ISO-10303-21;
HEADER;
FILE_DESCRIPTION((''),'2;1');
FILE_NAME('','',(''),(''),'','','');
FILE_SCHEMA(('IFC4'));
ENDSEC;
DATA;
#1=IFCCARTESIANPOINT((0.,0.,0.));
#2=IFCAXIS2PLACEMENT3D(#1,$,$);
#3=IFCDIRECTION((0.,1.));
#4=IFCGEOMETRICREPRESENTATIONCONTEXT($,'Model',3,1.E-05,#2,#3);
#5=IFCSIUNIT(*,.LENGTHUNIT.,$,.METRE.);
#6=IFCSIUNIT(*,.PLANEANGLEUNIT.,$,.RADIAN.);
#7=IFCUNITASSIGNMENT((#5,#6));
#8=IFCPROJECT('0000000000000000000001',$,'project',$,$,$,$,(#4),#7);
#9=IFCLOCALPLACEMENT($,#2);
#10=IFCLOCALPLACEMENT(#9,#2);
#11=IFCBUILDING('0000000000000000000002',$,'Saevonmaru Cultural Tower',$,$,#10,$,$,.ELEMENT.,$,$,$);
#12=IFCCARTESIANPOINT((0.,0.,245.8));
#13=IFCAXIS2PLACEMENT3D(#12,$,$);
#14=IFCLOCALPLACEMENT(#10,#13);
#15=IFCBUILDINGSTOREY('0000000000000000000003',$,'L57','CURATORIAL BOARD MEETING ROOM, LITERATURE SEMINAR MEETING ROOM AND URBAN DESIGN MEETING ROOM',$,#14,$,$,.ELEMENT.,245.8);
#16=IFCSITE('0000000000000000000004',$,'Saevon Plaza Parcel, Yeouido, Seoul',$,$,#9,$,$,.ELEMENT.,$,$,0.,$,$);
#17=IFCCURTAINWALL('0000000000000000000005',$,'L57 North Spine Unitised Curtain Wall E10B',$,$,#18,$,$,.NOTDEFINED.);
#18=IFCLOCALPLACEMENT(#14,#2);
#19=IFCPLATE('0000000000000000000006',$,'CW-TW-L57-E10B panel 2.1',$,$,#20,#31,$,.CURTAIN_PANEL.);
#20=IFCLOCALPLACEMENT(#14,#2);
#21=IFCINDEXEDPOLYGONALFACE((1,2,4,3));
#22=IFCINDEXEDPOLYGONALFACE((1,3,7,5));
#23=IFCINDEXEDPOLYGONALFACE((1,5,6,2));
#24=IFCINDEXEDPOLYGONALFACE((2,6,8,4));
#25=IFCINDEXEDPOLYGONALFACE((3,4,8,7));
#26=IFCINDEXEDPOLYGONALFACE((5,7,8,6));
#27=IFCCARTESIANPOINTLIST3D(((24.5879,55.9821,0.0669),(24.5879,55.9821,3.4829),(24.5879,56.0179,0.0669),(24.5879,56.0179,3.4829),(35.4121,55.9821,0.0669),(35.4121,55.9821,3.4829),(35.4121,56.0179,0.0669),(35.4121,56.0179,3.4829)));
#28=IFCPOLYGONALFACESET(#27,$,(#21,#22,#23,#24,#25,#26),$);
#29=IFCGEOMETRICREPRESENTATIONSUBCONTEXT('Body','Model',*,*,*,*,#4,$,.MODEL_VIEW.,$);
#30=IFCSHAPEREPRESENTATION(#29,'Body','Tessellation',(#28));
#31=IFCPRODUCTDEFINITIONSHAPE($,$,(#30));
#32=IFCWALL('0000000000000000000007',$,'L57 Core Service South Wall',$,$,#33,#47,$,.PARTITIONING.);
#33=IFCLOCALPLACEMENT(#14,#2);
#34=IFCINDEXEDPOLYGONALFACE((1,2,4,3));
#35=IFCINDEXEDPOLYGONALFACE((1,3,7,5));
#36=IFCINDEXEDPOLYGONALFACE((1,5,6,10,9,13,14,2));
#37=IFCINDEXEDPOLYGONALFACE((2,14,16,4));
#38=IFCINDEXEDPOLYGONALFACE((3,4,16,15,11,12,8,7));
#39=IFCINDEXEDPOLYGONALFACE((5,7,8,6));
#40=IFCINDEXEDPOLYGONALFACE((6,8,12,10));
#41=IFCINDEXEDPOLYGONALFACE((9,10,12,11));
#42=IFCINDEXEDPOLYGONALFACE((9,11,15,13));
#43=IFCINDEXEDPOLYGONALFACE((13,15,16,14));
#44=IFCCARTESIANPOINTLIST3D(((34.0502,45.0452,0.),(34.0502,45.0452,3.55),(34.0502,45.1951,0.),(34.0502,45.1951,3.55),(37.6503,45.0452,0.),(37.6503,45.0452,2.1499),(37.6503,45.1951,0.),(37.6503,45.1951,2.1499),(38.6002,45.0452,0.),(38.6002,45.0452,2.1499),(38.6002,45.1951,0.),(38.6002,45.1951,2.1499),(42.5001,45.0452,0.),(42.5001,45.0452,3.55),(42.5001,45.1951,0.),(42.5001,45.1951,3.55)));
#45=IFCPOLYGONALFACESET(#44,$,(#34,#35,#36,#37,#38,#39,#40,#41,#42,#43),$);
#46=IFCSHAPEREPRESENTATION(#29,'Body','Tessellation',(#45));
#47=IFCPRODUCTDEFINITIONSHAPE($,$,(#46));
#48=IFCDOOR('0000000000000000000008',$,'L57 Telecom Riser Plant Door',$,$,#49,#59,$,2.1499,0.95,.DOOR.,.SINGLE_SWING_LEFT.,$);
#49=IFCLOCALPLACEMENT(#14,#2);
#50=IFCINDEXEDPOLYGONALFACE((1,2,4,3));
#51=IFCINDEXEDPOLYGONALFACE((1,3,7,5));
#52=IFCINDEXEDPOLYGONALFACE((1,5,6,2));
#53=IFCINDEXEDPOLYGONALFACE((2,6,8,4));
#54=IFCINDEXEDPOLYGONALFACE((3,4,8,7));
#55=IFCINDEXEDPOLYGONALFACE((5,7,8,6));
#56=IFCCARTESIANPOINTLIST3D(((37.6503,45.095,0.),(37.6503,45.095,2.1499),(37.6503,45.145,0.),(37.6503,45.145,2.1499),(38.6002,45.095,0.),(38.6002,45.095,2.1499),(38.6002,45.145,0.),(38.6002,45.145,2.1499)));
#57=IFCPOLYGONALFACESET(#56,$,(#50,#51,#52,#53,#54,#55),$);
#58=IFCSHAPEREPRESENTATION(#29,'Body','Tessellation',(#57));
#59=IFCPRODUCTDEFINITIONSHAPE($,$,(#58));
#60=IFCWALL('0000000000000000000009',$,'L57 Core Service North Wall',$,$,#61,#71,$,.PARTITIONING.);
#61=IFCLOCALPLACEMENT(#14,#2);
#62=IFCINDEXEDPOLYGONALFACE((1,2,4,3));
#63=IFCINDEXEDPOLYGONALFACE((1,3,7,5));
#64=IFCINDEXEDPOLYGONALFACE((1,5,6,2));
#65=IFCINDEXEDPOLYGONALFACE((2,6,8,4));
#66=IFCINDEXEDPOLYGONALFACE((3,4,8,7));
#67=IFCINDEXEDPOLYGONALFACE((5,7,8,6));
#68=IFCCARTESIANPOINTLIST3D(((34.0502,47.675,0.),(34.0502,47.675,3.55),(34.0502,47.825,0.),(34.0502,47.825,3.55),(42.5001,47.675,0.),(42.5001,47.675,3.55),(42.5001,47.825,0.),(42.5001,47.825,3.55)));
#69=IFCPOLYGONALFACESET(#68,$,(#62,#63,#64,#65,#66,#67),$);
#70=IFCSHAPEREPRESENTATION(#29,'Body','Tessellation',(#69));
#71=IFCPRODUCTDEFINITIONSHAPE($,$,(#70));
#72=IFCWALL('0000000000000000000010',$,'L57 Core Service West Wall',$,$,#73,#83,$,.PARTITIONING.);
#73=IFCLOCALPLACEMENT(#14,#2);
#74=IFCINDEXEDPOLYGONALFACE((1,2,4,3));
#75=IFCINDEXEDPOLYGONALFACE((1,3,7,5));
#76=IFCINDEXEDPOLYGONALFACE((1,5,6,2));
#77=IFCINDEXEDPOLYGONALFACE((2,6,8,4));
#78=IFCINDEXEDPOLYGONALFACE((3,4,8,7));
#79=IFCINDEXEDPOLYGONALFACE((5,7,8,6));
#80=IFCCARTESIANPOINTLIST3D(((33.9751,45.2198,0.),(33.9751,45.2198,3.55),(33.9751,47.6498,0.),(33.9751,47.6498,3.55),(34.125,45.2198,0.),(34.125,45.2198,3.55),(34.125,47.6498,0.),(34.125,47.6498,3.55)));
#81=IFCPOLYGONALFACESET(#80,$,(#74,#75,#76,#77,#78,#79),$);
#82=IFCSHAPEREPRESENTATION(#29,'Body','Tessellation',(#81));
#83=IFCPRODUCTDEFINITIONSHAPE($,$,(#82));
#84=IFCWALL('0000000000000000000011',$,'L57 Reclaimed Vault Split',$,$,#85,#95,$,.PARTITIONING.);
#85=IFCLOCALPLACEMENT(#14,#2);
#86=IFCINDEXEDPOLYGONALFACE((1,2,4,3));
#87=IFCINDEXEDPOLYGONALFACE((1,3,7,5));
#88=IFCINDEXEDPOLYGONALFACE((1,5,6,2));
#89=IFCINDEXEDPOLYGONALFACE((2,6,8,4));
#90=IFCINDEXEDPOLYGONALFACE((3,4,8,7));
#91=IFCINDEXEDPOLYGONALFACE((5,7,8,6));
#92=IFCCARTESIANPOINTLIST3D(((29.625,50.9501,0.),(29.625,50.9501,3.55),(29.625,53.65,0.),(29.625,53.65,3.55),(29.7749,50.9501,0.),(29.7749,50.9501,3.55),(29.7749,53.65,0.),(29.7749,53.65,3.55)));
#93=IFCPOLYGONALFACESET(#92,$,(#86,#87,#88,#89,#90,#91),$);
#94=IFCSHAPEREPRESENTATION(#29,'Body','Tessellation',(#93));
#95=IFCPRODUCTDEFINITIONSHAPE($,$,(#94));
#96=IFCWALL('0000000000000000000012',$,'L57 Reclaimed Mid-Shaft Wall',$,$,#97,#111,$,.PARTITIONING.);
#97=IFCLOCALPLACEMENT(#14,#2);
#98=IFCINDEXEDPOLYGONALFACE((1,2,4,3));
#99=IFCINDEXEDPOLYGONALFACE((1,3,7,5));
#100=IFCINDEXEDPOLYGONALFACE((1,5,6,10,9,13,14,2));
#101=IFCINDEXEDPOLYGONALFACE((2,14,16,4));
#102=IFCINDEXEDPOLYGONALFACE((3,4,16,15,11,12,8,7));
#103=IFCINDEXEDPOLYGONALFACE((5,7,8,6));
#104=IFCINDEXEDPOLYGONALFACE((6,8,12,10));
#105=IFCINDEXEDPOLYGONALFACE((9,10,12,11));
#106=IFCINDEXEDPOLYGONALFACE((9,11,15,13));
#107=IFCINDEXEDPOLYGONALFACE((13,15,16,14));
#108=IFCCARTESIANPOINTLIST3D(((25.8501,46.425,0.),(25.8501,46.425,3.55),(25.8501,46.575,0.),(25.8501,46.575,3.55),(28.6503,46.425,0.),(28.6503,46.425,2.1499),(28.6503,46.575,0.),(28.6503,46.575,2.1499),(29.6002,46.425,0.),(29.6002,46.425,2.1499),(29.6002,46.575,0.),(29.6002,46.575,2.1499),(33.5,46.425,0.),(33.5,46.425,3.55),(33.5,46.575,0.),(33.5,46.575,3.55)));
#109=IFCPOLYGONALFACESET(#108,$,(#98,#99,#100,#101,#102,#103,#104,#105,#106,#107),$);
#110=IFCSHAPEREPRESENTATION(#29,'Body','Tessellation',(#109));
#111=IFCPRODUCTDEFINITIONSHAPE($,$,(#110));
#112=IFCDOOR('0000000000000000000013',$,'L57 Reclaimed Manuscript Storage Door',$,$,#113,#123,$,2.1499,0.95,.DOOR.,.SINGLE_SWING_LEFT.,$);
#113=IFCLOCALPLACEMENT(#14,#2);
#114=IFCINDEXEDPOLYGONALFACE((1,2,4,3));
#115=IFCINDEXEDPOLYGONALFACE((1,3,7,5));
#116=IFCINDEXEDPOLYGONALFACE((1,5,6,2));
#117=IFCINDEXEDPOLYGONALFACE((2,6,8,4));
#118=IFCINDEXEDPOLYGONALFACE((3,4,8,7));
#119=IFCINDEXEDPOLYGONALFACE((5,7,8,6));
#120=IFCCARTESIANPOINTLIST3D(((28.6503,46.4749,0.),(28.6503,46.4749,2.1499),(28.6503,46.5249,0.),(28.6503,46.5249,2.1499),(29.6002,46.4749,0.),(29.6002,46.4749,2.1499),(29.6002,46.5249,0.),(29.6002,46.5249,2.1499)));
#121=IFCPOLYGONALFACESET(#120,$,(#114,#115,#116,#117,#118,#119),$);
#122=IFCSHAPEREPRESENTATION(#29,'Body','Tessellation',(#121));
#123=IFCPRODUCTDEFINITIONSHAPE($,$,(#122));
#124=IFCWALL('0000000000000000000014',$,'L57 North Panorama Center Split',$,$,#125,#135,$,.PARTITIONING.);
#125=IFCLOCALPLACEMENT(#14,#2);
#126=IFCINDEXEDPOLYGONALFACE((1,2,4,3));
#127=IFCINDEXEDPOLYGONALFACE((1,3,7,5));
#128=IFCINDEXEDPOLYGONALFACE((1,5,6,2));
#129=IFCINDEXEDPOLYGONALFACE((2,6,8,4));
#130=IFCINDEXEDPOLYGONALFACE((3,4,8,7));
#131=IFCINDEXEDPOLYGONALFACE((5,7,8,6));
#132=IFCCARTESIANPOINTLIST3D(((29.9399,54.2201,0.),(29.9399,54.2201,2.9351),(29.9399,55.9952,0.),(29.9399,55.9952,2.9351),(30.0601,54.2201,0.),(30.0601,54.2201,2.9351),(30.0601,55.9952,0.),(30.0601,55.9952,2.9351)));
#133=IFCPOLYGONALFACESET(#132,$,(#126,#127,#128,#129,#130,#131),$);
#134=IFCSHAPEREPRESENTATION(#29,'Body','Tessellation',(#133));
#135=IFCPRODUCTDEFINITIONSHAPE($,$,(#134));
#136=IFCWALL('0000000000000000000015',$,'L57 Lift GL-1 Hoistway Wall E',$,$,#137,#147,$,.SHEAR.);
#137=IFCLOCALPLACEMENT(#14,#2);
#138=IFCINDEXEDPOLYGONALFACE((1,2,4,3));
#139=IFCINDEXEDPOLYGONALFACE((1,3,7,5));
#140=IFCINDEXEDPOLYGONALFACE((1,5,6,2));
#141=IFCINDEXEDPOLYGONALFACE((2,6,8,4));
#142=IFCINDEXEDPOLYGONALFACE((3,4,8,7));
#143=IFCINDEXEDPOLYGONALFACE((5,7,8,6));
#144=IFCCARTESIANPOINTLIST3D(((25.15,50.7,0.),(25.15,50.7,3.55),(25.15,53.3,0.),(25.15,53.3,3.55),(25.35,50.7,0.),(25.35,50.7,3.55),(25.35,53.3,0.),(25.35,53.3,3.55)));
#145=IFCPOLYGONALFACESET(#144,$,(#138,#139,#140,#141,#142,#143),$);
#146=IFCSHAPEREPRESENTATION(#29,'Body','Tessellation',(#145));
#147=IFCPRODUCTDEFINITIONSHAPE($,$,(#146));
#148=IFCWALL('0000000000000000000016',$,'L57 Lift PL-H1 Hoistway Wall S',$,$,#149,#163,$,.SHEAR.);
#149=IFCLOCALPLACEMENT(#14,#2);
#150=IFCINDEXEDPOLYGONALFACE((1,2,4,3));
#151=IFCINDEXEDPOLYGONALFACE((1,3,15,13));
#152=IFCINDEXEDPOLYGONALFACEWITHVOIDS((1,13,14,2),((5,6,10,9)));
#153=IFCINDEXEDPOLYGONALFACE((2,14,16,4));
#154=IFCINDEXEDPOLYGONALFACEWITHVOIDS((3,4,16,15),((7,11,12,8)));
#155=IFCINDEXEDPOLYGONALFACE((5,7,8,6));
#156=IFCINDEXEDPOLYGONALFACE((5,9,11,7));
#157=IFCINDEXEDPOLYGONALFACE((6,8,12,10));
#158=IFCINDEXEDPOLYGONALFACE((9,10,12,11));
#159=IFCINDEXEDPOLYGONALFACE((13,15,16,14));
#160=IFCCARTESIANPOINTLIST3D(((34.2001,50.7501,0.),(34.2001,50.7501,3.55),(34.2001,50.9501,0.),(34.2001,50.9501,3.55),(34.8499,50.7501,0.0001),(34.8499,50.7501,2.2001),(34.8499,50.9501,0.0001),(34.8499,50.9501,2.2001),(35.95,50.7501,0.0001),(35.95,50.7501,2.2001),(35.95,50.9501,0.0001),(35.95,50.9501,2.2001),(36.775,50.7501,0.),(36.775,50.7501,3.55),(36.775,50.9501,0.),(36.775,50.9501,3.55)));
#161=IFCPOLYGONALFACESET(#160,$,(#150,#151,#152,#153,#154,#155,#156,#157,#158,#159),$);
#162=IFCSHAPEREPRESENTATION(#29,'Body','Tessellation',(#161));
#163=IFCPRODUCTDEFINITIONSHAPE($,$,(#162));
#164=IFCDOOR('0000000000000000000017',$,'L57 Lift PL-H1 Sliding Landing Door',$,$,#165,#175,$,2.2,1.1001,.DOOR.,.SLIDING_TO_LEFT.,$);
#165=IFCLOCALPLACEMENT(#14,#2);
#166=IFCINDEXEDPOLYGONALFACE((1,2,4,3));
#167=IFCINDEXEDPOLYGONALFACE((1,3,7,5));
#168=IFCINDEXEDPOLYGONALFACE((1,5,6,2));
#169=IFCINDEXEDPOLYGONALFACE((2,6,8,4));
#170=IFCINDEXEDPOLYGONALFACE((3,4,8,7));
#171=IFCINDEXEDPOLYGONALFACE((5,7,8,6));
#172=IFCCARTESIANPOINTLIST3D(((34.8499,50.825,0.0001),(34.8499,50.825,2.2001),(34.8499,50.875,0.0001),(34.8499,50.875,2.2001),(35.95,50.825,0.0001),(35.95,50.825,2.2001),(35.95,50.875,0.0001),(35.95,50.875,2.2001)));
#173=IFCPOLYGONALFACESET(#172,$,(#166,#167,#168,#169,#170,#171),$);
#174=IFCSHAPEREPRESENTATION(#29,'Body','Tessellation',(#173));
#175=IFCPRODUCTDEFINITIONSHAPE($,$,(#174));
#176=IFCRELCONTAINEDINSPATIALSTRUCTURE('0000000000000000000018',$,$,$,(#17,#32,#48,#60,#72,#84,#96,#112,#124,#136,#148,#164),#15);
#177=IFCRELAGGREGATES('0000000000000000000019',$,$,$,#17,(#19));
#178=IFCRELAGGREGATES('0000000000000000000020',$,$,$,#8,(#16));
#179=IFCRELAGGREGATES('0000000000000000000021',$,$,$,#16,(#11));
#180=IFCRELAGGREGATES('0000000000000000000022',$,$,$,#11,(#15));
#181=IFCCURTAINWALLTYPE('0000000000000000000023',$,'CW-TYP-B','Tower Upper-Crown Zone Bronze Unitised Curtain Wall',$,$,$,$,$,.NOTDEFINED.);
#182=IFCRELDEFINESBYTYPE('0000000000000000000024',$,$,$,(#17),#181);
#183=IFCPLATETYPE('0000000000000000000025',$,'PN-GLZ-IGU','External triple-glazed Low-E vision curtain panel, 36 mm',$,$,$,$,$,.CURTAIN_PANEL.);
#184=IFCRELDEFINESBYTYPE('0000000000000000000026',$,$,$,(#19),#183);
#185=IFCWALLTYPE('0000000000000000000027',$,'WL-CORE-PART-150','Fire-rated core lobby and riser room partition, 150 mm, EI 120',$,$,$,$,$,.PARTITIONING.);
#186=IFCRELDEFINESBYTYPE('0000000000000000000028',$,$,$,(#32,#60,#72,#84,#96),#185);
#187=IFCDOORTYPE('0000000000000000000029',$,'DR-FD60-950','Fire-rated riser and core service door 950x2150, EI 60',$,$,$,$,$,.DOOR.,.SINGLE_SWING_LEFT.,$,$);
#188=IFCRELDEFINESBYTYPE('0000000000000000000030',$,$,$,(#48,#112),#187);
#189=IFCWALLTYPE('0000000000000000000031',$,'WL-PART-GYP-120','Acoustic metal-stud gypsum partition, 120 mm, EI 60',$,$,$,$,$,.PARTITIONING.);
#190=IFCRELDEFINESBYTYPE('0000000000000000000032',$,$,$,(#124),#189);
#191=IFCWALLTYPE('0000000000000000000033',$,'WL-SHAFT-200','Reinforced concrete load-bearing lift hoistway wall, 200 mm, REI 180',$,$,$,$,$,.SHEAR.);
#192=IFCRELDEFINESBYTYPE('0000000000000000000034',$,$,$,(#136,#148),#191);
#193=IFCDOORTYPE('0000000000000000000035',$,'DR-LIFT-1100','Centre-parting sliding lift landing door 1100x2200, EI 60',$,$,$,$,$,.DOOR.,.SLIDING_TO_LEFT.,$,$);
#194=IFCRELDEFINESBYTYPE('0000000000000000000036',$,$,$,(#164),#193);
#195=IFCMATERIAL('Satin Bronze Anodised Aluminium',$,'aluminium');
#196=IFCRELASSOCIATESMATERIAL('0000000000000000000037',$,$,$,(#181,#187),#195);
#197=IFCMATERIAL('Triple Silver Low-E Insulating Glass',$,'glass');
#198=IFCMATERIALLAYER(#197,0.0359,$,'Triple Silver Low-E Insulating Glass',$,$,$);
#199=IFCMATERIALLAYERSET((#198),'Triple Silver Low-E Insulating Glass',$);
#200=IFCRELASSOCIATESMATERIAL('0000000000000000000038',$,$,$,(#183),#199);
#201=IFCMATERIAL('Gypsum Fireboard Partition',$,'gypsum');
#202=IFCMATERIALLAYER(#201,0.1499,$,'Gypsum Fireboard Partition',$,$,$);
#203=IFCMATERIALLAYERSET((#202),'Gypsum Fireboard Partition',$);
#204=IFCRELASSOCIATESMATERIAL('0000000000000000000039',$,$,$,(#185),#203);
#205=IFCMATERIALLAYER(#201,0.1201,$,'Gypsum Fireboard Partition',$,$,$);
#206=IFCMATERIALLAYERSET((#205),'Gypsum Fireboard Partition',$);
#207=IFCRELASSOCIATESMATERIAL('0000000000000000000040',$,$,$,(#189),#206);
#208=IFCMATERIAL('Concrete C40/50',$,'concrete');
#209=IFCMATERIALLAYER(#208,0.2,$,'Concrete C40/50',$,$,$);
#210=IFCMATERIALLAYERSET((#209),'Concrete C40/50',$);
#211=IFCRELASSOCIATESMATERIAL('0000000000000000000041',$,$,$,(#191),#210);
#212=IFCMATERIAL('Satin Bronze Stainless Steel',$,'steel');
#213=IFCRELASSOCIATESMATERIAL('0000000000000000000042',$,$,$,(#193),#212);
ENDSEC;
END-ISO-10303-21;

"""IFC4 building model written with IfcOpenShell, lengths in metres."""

from ifc_helpers import new_model, si_unit, direction, frame, frame_2d, origin, origin_2d, place, context, subcontext, project, spatial, rectangle, extrude, material, layer, layer_set, type_object, element, fill, aggregate, save


model = new_model("IFC4")

# Units and contexts
model_context = context("Model", 3, precision=1e-05, world=origin(), true_north=direction((0.0, 1.0)))
body_context = subcontext(model_context, "Body", "Model", "MODEL_VIEW")
ifc_project = project(units=[si_unit("LENGTHUNIT", "METRE"), si_unit("PLANEANGLEUNIT", "RADIAN")], contexts=[model_context])

# Site, building, storey
site_placement = place(None, origin())
site = spatial("IfcSite", under=ifc_project, at=site_placement, Name="Saevon Plaza Parcel, Yeouido, Seoul", CompositionType="ELEMENT", RefElevation=0.0)
building_placement = place(site_placement, origin())
building = spatial("IfcBuilding", under=site, at=building_placement, Name="Saevonmaru Cultural Tower", CompositionType="ELEMENT")
storey_placement = place(building_placement, frame((0.0, 0.0, 245.8)))
storey = spatial("IfcBuildingStorey", under=building, at=storey_placement, Name="L57", Description="CURATORIAL BOARD MEETING ROOM, LITERATURE SEMINAR MEETING ROOM AND URBAN DESIGN MEETING ROOM", CompositionType="ELEMENT", Elevation=245.8)

# Curtain wall, plate
ifc_material_1 = material(Name="Satin Bronze Anodised Aluminium", Category="aluminium")
curtain_wall_type = type_object("IfcCurtainWallType", Name="CW-TYP-B", Description="Tower Upper-Crown Zone Bronze Unitised Curtain Wall", PredefinedType="NOTDEFINED", material=ifc_material_1)
curtain_wall_placement = place(storey_placement, origin())
curtain_wall = element("IfcCurtainWall", 1, at=curtain_wall_placement, inside=storey, type_object=curtain_wall_type, Name="L57 North Spine Unitised Curtain Wall E10B", PredefinedType="NOTDEFINED")
ifc_material_2 = material(Name="Triple Silver Low-E Insulating Glass", Category="glass")
ifc_layer_1 = layer(ifc_material_2, 0.0359, Name="Triple Silver Low-E Insulating Glass")
ifc_layer_set_1 = layer_set([ifc_layer_1], Name="Triple Silver Low-E Insulating Glass")
plate_type = type_object("IfcPlateType", Name="PN-GLZ-IGU", Description="External triple-glazed Low-E vision curtain panel, 36 mm", PredefinedType="CURTAIN_PANEL", material=ifc_layer_set_1)
plate_placement = place(storey_placement, frame((30.0, 56.0, 0.0669), z_axis=(0.0, 0.0, 1.0), x_axis=(-1.0, 0.0, 0.0)))
plate = element("IfcPlate", 2, at=plate_placement, type_object=plate_type, Name="CW-TW-L57-E10B panel 2.1", PredefinedType="CURTAIN_PANEL", context=body_context, shape_type="SweptSolid", body=[
    extrude(rectangle(XDim=10.8242, YDim=0.0359, at=origin_2d()), origin(), (0.0, 0.0, 1.0), 3.416),
])
aggregate(curtain_wall, [plate])

# Wall, opening, door
ifc_material_3 = material(Name="Gypsum Fireboard Partition", Category="gypsum")
ifc_layer_2 = layer(ifc_material_3, 0.1499, Name="Gypsum Fireboard Partition")
ifc_layer_set_2 = layer_set([ifc_layer_2], Name="Gypsum Fireboard Partition")
wall_type_1 = type_object("IfcWallType", Name="WL-CORE-PART-150", Description="Fire-rated core lobby and riser room partition, 150 mm, EI 120", PredefinedType="PARTITIONING", material=ifc_layer_set_2)
wall_1_placement = place(storey_placement, frame((34.05, 45.1201, 0.0), z_axis=(0.0, 0.0, 1.0), x_axis=(1.0, 0.0, 0.0)))
wall_1 = element("IfcWall", 3, at=wall_1_placement, inside=storey, type_object=wall_type_1, Name="L57 Core Service South Wall", PredefinedType="PARTITIONING", context=body_context, shape_type="SweptSolid", body=[
    extrude(rectangle(XDim=8.45, YDim=0.1499, at=frame_2d((4.2251, 0.0))), origin(), (0.0, 0.0, 1.0), 3.55),
])
opening_1_placement = place(wall_1_placement, frame((3.6001, 0.0, 0.0)))
opening_1 = element("IfcOpeningElement", 4, at=opening_1_placement, cuts=wall_1, PredefinedType="OPENING", context=body_context, shape_type="SweptSolid", body=[
    extrude(rectangle(XDim=0.95, YDim=2.1499, at=frame_2d((0.4751, 1.075))), frame((0.0, 0.085, 0.0), z_axis=(0.0, -1.0, 0.0), x_axis=(1.0, 0.0, 0.0)), (0.0, 0.0, 1.0), 0.1699),
])
door_type_1 = type_object("IfcDoorType", Name="DR-FD60-950", Description="Fire-rated riser and core service door 950x2150, EI 60", OperationType="SINGLE_SWING_LEFT", PredefinedType="DOOR", material=ifc_material_1)
door_1_placement = place(opening_1_placement, origin())
door_1 = element("IfcDoor", 5, at=door_1_placement, inside=storey, type_object=door_type_1, Name="L57 Telecom Riser Plant Door", OperationType="SINGLE_SWING_LEFT", OverallHeight=2.1499, OverallWidth=0.95, PredefinedType="DOOR", context=body_context, shape_type="SweptSolid", body=[
    extrude(rectangle(XDim=0.95, YDim=2.1499, at=frame_2d((0.4751, 1.075))), frame((0.0, 0.0249, 0.0), z_axis=(0.0, -1.0, 0.0), x_axis=(1.0, 0.0, 0.0)), (0.0, 0.0, 1.0), 0.05),
])
fill(opening_1, door_1)

# Walls
wall_2_placement = place(storey_placement, frame((34.05, 47.75, 0.0), z_axis=(0.0, 0.0, 1.0), x_axis=(1.0, 0.0, 0.0)))
element("IfcWall", 6, at=wall_2_placement, inside=storey, type_object=wall_type_1, Name="L57 Core Service North Wall", PredefinedType="PARTITIONING", context=body_context, shape_type="SweptSolid", body=[
    extrude(rectangle(XDim=8.45, YDim=0.1499, at=frame_2d((4.2251, 0.0))), origin(), (0.0, 0.0, 1.0), 3.55),
])
wall_3_placement = place(storey_placement, frame((34.05, 45.22, 0.0), z_axis=(0.0, 0.0, 1.0), x_axis=(0.0, 1.0, 0.0)))
element("IfcWall", 7, at=wall_3_placement, inside=storey, type_object=wall_type_1, Name="L57 Core Service West Wall", PredefinedType="PARTITIONING", context=body_context, shape_type="SweptSolid", body=[
    extrude(rectangle(XDim=2.4299, YDim=0.1499, at=frame_2d((1.2148, 0.0))), origin(), (0.0, 0.0, 1.0), 3.55),
])

# Wall
wall_4_placement = place(storey_placement, frame((29.7, 50.95, 0.0), z_axis=(0.0, 0.0, 1.0), x_axis=(0.0, 1.0, 0.0)))
element("IfcWall", 8, at=wall_4_placement, inside=storey, type_object=wall_type_1, Name="L57 Reclaimed Vault Split", PredefinedType="PARTITIONING", context=body_context, shape_type="SweptSolid", body=[
    extrude(rectangle(XDim=2.7, YDim=0.1499, at=frame_2d((1.3501, 0.0))), origin(), (0.0, 0.0, 1.0), 3.55),
])

# Wall, opening, door
wall_5_placement = place(storey_placement, frame((25.8501, 46.5, 0.0), z_axis=(0.0, 0.0, 1.0), x_axis=(1.0, 0.0, 0.0)))
wall_5 = element("IfcWall", 9, at=wall_5_placement, inside=storey, type_object=wall_type_1, Name="L57 Reclaimed Mid-Shaft Wall", PredefinedType="PARTITIONING", context=body_context, shape_type="SweptSolid", body=[
    extrude(rectangle(XDim=7.6499, YDim=0.1499, at=frame_2d((3.825, 0.0))), origin(), (0.0, 0.0, 1.0), 3.55),
])
opening_2_placement = place(wall_5_placement, frame((2.8, 0.0, 0.0)))
opening_2 = element("IfcOpeningElement", 10, at=opening_2_placement, cuts=wall_5, PredefinedType="OPENING", context=body_context, shape_type="SweptSolid", body=[
    extrude(rectangle(XDim=0.95, YDim=2.1499, at=frame_2d((0.4751, 1.075))), frame((0.0, 0.085, 0.0), z_axis=(0.0, -1.0, 0.0), x_axis=(1.0, 0.0, 0.0)), (0.0, 0.0, 1.0), 0.1699),
])
door_2_placement = place(opening_2_placement, origin())
door_2 = element("IfcDoor", 11, at=door_2_placement, inside=storey, type_object=door_type_1, Name="L57 Reclaimed Manuscript Storage Door", OperationType="SINGLE_SWING_LEFT", OverallHeight=2.1499, OverallWidth=0.95, PredefinedType="DOOR", context=body_context, shape_type="SweptSolid", body=[
    extrude(rectangle(XDim=0.95, YDim=2.1499, at=frame_2d((0.4751, 1.075))), frame((0.0, 0.0249, 0.0), z_axis=(0.0, -1.0, 0.0), x_axis=(1.0, 0.0, 0.0)), (0.0, 0.0, 1.0), 0.05),
])
fill(opening_2, door_2)

# Walls
ifc_layer_3 = layer(ifc_material_3, 0.1201, Name="Gypsum Fireboard Partition")
ifc_layer_set_3 = layer_set([ifc_layer_3], Name="Gypsum Fireboard Partition")
wall_type_2 = type_object("IfcWallType", Name="WL-PART-GYP-120", Description="Acoustic metal-stud gypsum partition, 120 mm, EI 60", PredefinedType="PARTITIONING", material=ifc_layer_set_3)
wall_6_placement = place(storey_placement, frame((30.0, 54.22, 0.0), z_axis=(0.0, 0.0, 1.0), x_axis=(0.0, 1.0, 0.0)))
element("IfcWall", 12, at=wall_6_placement, inside=storey, type_object=wall_type_2, Name="L57 North Panorama Center Split", PredefinedType="PARTITIONING", context=body_context, shape_type="SweptSolid", body=[
    extrude(rectangle(XDim=1.7751, YDim=0.1201, at=frame_2d((0.8877, 0.0))), origin(), (0.0, 0.0, 1.0), 2.9351),
])
ifc_material_4 = material(Name="Concrete C40/50", Category="concrete")
ifc_layer_4 = layer(ifc_material_4, 0.2, Name="Concrete C40/50")
ifc_layer_set_4 = layer_set([ifc_layer_4], Name="Concrete C40/50")
wall_type_3 = type_object("IfcWallType", Name="WL-SHAFT-200", Description="Reinforced concrete load-bearing lift hoistway wall, 200 mm, REI 180", PredefinedType="SHEAR", material=ifc_layer_set_4)
wall_7_placement = place(storey_placement, frame((25.25, 50.7, 0.0), z_axis=(0.0, 0.0, 1.0), x_axis=(0.0, 1.0, 0.0)))
element("IfcWall", 13, at=wall_7_placement, inside=storey, type_object=wall_type_3, Name="L57 Lift GL-1 Hoistway Wall E", PredefinedType="SHEAR", context=body_context, shape_type="SweptSolid", body=[
    extrude(rectangle(XDim=2.6001, YDim=0.2, at=frame_2d((1.3, 0.0))), origin(), (0.0, 0.0, 1.0), 3.55),
])

# Wall, opening, door
wall_8_placement = place(storey_placement, frame((34.2, 50.8501, 0.0), z_axis=(0.0, 0.0, 1.0), x_axis=(1.0, 0.0, 0.0)))
wall_8 = element("IfcWall", 14, at=wall_8_placement, inside=storey, type_object=wall_type_3, Name="L57 Lift PL-H1 Hoistway Wall S", PredefinedType="SHEAR", context=body_context, shape_type="SweptSolid", body=[
    extrude(rectangle(XDim=2.575, YDim=0.2, at=frame_2d((1.2876, 0.0))), origin(), (0.0, 0.0, 1.0), 3.55),
])
opening_3_placement = place(wall_8_placement, frame((0.6499, 0.0, 0.0)))
opening_3 = element("IfcOpeningElement", 15, at=opening_3_placement, cuts=wall_8, PredefinedType="OPENING", context=body_context, shape_type="SweptSolid", body=[
    extrude(rectangle(XDim=1.1001, YDim=2.2, at=frame_2d((0.55, 1.1001))), frame((0.0, 0.1099, 0.0), z_axis=(0.0, -1.0, 0.0), x_axis=(1.0, 0.0, 0.0)), (0.0, 0.0, 1.0), 0.22),
])
ifc_material_5 = material(Name="Satin Bronze Stainless Steel", Category="steel")
door_type_2 = type_object("IfcDoorType", Name="DR-LIFT-1100", Description="Centre-parting sliding lift landing door 1100x2200, EI 60", OperationType="SLIDING_TO_LEFT", PredefinedType="DOOR", material=ifc_material_5)
door_3_placement = place(opening_3_placement, origin())
door_3 = element("IfcDoor", 16, at=door_3_placement, inside=storey, type_object=door_type_2, Name="L57 Lift PL-H1 Sliding Landing Door", OperationType="SLIDING_TO_LEFT", OverallHeight=2.2, OverallWidth=1.1001, PredefinedType="DOOR", context=body_context, shape_type="SweptSolid", body=[
    extrude(rectangle(XDim=1.1001, YDim=2.2, at=frame_2d((0.55, 1.1001))), frame((0.0, 0.0249, 0.0), z_axis=(0.0, -1.0, 0.0), x_axis=(1.0, 0.0, 0.0)), (0.0, 0.0, 1.0), 0.05),
])
fill(opening_3, door_3)

save(model, "model.ifc")
